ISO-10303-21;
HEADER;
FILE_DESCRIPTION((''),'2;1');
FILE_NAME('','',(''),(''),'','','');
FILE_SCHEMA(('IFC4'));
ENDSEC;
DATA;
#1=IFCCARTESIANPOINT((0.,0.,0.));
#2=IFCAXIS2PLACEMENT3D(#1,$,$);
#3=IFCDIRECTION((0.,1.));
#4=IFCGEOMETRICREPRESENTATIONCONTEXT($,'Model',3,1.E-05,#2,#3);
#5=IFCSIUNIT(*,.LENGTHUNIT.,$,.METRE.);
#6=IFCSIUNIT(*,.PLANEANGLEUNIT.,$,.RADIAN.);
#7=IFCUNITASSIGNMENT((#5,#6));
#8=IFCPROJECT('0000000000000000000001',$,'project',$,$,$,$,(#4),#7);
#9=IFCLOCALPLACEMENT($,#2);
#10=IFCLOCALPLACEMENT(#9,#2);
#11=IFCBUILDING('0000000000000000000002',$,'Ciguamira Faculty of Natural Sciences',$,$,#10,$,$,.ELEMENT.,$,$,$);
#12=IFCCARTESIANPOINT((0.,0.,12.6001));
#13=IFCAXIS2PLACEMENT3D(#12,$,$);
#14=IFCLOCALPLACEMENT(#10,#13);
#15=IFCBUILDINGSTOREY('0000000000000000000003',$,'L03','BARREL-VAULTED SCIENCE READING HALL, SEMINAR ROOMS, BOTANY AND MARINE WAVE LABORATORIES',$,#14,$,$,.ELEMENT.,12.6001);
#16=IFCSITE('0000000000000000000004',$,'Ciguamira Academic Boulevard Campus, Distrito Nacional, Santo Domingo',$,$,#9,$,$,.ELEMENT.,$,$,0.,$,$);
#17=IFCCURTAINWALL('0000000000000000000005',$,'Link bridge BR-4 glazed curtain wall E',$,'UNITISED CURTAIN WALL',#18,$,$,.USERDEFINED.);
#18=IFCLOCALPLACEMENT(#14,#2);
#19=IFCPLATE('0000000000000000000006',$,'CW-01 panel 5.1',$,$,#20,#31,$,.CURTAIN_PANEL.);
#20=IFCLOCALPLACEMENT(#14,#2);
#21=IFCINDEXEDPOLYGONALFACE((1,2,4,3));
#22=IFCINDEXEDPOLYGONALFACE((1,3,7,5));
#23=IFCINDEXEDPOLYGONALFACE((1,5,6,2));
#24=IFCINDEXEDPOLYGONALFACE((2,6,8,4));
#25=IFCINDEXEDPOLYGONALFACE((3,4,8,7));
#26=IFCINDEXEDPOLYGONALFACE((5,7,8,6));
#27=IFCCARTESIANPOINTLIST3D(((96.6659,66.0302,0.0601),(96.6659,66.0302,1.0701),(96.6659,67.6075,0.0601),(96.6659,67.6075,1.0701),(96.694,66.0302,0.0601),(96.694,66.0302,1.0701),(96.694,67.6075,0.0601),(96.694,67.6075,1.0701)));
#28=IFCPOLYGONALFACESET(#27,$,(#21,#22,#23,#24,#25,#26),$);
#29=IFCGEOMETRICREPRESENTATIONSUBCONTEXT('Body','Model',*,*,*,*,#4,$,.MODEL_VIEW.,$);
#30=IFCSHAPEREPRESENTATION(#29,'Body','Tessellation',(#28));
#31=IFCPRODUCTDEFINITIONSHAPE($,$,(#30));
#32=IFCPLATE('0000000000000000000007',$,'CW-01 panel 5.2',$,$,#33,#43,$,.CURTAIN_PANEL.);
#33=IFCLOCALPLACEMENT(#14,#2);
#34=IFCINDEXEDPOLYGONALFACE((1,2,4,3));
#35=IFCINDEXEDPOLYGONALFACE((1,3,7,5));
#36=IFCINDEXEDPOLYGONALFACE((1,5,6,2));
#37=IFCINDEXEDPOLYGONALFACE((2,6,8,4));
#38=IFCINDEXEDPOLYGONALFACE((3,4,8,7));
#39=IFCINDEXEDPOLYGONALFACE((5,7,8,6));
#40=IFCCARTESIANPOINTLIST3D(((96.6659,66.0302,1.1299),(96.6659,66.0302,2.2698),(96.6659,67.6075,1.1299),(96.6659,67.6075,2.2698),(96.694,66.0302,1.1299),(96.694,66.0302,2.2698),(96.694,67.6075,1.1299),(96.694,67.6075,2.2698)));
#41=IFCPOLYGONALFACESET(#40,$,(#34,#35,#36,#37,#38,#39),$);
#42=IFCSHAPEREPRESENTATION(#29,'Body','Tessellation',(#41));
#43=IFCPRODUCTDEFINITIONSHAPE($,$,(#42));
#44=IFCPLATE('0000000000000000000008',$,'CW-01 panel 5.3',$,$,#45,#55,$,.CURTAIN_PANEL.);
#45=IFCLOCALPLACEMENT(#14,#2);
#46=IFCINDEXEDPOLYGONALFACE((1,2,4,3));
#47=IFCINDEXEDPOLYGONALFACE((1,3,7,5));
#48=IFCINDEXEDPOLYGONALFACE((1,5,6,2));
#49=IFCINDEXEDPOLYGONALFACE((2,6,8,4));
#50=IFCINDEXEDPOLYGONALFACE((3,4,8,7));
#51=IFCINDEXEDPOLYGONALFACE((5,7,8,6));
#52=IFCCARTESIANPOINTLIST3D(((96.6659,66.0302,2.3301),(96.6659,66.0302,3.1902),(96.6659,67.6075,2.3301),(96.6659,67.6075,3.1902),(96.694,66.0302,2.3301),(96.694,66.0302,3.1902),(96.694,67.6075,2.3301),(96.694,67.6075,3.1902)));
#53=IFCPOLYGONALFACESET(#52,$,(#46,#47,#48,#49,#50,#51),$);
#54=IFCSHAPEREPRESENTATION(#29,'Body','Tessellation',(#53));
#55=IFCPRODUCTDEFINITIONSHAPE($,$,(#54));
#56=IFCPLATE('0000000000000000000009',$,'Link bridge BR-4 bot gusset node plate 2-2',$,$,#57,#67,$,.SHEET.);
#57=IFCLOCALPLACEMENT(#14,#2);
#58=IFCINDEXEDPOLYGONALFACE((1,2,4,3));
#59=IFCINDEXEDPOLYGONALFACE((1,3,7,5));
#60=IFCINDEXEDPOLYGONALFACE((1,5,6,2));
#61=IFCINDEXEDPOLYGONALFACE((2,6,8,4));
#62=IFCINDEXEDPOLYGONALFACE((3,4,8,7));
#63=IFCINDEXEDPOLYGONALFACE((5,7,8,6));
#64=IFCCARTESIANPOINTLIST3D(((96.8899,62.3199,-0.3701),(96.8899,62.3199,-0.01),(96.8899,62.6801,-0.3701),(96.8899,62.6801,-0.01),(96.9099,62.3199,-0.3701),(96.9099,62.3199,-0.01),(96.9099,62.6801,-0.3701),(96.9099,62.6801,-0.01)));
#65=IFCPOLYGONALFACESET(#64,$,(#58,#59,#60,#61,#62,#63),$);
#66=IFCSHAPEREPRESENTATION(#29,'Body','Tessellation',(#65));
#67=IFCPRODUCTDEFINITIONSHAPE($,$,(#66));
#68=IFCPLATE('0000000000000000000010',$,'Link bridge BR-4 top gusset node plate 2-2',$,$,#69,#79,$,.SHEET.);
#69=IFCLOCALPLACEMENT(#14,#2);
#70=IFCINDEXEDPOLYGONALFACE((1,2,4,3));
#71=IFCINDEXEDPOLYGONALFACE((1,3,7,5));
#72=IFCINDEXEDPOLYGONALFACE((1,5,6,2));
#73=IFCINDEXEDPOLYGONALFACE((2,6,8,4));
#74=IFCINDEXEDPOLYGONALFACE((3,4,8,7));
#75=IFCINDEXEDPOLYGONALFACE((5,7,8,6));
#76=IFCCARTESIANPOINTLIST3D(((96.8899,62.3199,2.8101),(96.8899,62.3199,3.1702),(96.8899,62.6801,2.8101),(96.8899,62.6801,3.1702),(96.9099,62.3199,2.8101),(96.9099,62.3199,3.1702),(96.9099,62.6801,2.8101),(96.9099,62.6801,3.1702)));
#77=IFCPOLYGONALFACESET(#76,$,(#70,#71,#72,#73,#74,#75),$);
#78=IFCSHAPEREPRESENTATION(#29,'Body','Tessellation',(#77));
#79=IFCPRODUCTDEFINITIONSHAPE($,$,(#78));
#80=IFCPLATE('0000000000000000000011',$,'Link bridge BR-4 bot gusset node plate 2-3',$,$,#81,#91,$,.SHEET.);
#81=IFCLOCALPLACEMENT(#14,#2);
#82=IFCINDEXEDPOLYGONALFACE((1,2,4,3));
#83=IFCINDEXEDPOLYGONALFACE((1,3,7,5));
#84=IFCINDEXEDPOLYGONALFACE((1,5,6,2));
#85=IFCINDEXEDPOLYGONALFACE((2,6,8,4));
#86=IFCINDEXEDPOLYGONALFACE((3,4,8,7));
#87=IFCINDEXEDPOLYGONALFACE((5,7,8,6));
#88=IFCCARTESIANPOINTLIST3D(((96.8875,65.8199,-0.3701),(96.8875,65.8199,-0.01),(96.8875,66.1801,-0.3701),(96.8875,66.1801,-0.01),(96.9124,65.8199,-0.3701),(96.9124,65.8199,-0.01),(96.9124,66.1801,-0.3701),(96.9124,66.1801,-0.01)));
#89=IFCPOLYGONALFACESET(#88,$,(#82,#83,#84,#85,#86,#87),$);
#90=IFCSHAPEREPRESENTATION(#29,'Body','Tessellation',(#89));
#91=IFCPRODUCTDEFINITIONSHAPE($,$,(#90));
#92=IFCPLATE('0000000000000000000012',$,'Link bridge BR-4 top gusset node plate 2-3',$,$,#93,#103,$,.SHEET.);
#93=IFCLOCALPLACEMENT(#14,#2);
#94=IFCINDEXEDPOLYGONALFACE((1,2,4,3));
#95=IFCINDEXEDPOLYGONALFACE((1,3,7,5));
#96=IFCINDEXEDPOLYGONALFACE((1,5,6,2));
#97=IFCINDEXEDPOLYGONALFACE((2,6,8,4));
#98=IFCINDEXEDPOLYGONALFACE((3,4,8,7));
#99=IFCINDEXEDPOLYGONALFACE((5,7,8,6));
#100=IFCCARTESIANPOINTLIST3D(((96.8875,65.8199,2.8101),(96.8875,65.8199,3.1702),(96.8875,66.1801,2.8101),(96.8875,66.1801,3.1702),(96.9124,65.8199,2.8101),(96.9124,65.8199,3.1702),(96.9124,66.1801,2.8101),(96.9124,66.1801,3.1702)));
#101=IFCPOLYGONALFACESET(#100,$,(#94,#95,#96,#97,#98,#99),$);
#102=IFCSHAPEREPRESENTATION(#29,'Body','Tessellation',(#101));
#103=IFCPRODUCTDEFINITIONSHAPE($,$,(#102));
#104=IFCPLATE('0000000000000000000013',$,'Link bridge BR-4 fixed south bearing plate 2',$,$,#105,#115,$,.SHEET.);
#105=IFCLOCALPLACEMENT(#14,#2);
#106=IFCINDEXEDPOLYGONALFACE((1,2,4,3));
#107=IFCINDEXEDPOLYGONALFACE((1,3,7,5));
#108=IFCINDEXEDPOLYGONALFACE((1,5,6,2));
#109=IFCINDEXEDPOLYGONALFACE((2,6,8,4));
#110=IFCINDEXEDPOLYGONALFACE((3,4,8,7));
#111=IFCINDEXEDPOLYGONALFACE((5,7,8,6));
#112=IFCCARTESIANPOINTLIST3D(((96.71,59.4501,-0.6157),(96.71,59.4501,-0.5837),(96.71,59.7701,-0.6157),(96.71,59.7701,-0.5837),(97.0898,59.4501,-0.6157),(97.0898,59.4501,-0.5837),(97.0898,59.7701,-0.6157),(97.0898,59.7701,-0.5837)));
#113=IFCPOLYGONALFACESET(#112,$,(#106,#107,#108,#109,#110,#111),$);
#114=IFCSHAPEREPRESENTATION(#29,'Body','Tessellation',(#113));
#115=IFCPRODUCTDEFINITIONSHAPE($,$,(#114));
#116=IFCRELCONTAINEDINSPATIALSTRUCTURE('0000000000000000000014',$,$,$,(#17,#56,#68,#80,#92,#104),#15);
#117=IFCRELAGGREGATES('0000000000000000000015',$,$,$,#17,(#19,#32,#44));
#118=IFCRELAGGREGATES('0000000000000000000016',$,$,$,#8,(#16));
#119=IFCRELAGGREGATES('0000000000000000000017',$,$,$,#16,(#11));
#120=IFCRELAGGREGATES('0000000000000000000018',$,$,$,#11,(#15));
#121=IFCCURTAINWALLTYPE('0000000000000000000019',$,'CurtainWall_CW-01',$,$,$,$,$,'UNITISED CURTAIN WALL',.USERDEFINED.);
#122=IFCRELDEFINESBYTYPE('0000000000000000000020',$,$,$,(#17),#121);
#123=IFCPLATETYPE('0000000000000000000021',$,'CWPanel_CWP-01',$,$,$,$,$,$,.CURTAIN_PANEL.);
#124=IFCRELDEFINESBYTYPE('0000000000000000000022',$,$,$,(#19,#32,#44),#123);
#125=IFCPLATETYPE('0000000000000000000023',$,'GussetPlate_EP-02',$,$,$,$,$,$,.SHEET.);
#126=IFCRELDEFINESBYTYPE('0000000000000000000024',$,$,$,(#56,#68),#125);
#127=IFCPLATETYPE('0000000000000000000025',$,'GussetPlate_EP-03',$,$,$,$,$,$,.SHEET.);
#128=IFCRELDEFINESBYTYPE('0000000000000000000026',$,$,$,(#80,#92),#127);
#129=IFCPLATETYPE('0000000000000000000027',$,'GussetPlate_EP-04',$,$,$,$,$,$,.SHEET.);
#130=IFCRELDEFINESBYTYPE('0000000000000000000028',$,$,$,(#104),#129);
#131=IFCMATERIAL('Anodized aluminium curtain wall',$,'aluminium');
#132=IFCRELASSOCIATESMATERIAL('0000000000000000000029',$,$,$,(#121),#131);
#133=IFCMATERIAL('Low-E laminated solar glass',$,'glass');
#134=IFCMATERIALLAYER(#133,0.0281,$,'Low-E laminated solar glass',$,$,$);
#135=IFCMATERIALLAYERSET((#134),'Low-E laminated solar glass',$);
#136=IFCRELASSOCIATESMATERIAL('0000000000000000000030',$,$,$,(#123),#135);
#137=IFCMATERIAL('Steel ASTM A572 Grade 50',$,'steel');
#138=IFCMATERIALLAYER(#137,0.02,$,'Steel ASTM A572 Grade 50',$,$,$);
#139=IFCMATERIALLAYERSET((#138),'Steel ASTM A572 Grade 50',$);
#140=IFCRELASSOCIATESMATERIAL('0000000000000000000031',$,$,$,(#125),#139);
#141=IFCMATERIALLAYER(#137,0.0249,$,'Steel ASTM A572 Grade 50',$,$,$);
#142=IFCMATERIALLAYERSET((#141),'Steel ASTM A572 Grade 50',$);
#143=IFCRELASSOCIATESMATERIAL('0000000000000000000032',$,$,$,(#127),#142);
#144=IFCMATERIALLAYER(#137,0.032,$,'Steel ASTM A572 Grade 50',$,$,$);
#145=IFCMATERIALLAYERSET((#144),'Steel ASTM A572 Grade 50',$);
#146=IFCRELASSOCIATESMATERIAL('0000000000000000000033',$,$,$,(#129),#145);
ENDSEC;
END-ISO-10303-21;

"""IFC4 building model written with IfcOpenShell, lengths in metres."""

from ifc_helpers import new_model, si_unit, direction, frame, origin, origin_2d, place, context, subcontext, project, spatial, rectangle, extrude, material, layer, layer_set, type_object, element, aggregate, save


model = new_model("IFC4")

# Units and contexts
model_context = context("Model", 3, precision=1e-05, world=origin(), true_north=direction((0.0, 1.0)))
body_context = subcontext(model_context, "Body", "Model", "MODEL_VIEW")
ifc_project = project(units=[si_unit("LENGTHUNIT", "METRE"), si_unit("PLANEANGLEUNIT", "RADIAN")], contexts=[model_context])

# Site, building, storey
site_placement = place(None, origin())
site = spatial("IfcSite", under=ifc_project, at=site_placement, Name="Ciguamira Academic Boulevard Campus, Distrito Nacional, Santo Domingo", CompositionType="ELEMENT", RefElevation=0.0)
building_placement = place(site_placement, origin())
building = spatial("IfcBuilding", under=site, at=building_placement, Name="Ciguamira Faculty of Natural Sciences", CompositionType="ELEMENT")
storey_placement = place(building_placement, frame((0.0, 0.0, 12.6001)))
storey = spatial("IfcBuildingStorey", under=building, at=storey_placement, Name="L03", Description="BARREL-VAULTED SCIENCE READING HALL, SEMINAR ROOMS, BOTANY AND MARINE WAVE LABORATORIES", CompositionType="ELEMENT", Elevation=12.6001)

# Curtain wall
ifc_material_1 = material(Name="Anodized aluminium curtain wall", Category="aluminium")
curtain_wall_type = type_object("IfcCurtainWallType", Name="CurtainWall_CW-01", ElementType="UNITISED CURTAIN WALL", PredefinedType="USERDEFINED", material=ifc_material_1)
curtain_wall_placement = place(storey_placement, origin())
curtain_wall = element("IfcCurtainWall", 1, at=curtain_wall_placement, inside=storey, type_object=curtain_wall_type, Name="Link bridge BR-4 glazed curtain wall E", ObjectType="UNITISED CURTAIN WALL", PredefinedType="USERDEFINED")

# Plates
ifc_material_2 = material(Name="Low-E laminated solar glass", Category="glass")
ifc_layer_1 = layer(ifc_material_2, 0.0281, Name="Low-E laminated solar glass")
ifc_layer_set_1 = layer_set([ifc_layer_1], Name="Low-E laminated solar glass")
plate_type_1 = type_object("IfcPlateType", Name="CWPanel_CWP-01", PredefinedType="CURTAIN_PANEL", material=ifc_layer_set_1)
plate_1_placement = place(storey_placement, frame((96.6799, 66.8188, 0.0601), z_axis=(0.0, 0.0, 1.0), x_axis=(0.0, 1.0, 0.0)))
plate_1 = element("IfcPlate", 2, at=plate_1_placement, type_object=plate_type_1, Name="CW-01 panel 5.1", PredefinedType="CURTAIN_PANEL", context=body_context, shape_type="SweptSolid", body=[
    extrude(rectangle(XDim=1.5774, YDim=0.0281, at=origin_2d()), origin(), (0.0, 0.0, 1.0), 1.01),
])
plate_2_placement = place(storey_placement, frame((96.6799, 66.8188, 1.1299), z_axis=(0.0, 0.0, 1.0), x_axis=(0.0, 1.0, 0.0)))
plate_2 = element("IfcPlate", 3, at=plate_2_placement, type_object=plate_type_1, Name="CW-01 panel 5.2", PredefinedType="CURTAIN_PANEL", context=body_context, shape_type="SweptSolid", body=[
    extrude(rectangle(XDim=1.5774, YDim=0.0281, at=origin_2d()), origin(), (0.0, 0.0, 1.0), 1.1399),
])
plate_3_placement = place(storey_placement, frame((96.6799, 66.8188, 2.3301), z_axis=(0.0, 0.0, 1.0), x_axis=(0.0, 1.0, 0.0)))
plate_3 = element("IfcPlate", 4, at=plate_3_placement, type_object=plate_type_1, Name="CW-01 panel 5.3", PredefinedType="CURTAIN_PANEL", context=body_context, shape_type="SweptSolid", body=[
    extrude(rectangle(XDim=1.5774, YDim=0.0281, at=origin_2d()), origin(), (0.0, 0.0, 1.0), 0.8601),
])
aggregate(curtain_wall, [plate_1, plate_2, plate_3])

# Plates
ifc_material_3 = material(Name="Steel ASTM A572 Grade 50", Category="steel")
ifc_layer_2 = layer(ifc_material_3, 0.02, Name="Steel ASTM A572 Grade 50")
ifc_layer_set_2 = layer_set([ifc_layer_2], Name="Steel ASTM A572 Grade 50")
plate_type_2 = type_object("IfcPlateType", Name="GussetPlate_EP-02", PredefinedType="SHEET", material=ifc_layer_set_2)
for number, where, z_axis, x_axis, name in (
    (5, (96.8999, 62.5, -0.3701), (0.0, 0.0, 1.0), (1.0, 0.0, 0.0), "Link bridge BR-4 bot gusset node plate 2-2"),
    (6, (96.8999, 62.5, 2.8101), (0.0, 0.0, 1.0), (1.0, 0.0, 0.0), "Link bridge BR-4 top gusset node plate 2-2"),
):
    element("IfcPlate", number, at=place(storey_placement, frame(where, z_axis=z_axis, x_axis=x_axis)), inside=storey, type_object=plate_type_2, Name=name, PredefinedType="SHEET", context=body_context, shape_type="SweptSolid", body=[
        extrude(rectangle(XDim=0.02, YDim=0.3601, at=origin_2d()), origin(), (0.0, 0.0, 1.0), 0.3601),
    ])
ifc_layer_3 = layer(ifc_material_3, 0.0249, Name="Steel ASTM A572 Grade 50")
ifc_layer_set_3 = layer_set([ifc_layer_3], Name="Steel ASTM A572 Grade 50")
plate_type_3 = type_object("IfcPlateType", Name="GussetPlate_EP-03", PredefinedType="SHEET", material=ifc_layer_set_3)
for number, where, z_axis, x_axis, name in (
    (7, (96.8999, 66.0, -0.3701), (0.0, 0.0, 1.0), (1.0, 0.0, 0.0), "Link bridge BR-4 bot gusset node plate 2-3"),
    (8, (96.8999, 66.0, 2.8101), (0.0, 0.0, 1.0), (1.0, 0.0, 0.0), "Link bridge BR-4 top gusset node plate 2-3"),
):
    element("IfcPlate", number, at=place(storey_placement, frame(where, z_axis=z_axis, x_axis=x_axis)), inside=storey, type_object=plate_type_3, Name=name, PredefinedType="SHEET", context=body_context, shape_type="SweptSolid", body=[
        extrude(rectangle(XDim=0.0249, YDim=0.3601, at=origin_2d()), origin(), (0.0, 0.0, 1.0), 0.3601),
    ])
ifc_layer_4 = layer(ifc_material_3, 0.032, Name="Steel ASTM A572 Grade 50")
ifc_layer_set_4 = layer_set([ifc_layer_4], Name="Steel ASTM A572 Grade 50")
plate_type_4 = type_object("IfcPlateType", Name="GussetPlate_EP-04", PredefinedType="SHEET", material=ifc_layer_set_4)
plate_4_placement = place(storey_placement, frame((96.8999, 59.6101, -0.6157), z_axis=(0.0, 0.0, 1.0), x_axis=(1.0, 0.0, 0.0)))
element("IfcPlate", 9, at=plate_4_placement, inside=storey, type_object=plate_type_4, Name="Link bridge BR-4 fixed south bearing plate 2", PredefinedType="SHEET", context=body_context, shape_type="SweptSolid", body=[
    extrude(rectangle(XDim=0.3799, YDim=0.3201, at=origin_2d()), origin(), (0.0, 0.0, 1.0), 0.032),
])

save(model, "model.ifc")
